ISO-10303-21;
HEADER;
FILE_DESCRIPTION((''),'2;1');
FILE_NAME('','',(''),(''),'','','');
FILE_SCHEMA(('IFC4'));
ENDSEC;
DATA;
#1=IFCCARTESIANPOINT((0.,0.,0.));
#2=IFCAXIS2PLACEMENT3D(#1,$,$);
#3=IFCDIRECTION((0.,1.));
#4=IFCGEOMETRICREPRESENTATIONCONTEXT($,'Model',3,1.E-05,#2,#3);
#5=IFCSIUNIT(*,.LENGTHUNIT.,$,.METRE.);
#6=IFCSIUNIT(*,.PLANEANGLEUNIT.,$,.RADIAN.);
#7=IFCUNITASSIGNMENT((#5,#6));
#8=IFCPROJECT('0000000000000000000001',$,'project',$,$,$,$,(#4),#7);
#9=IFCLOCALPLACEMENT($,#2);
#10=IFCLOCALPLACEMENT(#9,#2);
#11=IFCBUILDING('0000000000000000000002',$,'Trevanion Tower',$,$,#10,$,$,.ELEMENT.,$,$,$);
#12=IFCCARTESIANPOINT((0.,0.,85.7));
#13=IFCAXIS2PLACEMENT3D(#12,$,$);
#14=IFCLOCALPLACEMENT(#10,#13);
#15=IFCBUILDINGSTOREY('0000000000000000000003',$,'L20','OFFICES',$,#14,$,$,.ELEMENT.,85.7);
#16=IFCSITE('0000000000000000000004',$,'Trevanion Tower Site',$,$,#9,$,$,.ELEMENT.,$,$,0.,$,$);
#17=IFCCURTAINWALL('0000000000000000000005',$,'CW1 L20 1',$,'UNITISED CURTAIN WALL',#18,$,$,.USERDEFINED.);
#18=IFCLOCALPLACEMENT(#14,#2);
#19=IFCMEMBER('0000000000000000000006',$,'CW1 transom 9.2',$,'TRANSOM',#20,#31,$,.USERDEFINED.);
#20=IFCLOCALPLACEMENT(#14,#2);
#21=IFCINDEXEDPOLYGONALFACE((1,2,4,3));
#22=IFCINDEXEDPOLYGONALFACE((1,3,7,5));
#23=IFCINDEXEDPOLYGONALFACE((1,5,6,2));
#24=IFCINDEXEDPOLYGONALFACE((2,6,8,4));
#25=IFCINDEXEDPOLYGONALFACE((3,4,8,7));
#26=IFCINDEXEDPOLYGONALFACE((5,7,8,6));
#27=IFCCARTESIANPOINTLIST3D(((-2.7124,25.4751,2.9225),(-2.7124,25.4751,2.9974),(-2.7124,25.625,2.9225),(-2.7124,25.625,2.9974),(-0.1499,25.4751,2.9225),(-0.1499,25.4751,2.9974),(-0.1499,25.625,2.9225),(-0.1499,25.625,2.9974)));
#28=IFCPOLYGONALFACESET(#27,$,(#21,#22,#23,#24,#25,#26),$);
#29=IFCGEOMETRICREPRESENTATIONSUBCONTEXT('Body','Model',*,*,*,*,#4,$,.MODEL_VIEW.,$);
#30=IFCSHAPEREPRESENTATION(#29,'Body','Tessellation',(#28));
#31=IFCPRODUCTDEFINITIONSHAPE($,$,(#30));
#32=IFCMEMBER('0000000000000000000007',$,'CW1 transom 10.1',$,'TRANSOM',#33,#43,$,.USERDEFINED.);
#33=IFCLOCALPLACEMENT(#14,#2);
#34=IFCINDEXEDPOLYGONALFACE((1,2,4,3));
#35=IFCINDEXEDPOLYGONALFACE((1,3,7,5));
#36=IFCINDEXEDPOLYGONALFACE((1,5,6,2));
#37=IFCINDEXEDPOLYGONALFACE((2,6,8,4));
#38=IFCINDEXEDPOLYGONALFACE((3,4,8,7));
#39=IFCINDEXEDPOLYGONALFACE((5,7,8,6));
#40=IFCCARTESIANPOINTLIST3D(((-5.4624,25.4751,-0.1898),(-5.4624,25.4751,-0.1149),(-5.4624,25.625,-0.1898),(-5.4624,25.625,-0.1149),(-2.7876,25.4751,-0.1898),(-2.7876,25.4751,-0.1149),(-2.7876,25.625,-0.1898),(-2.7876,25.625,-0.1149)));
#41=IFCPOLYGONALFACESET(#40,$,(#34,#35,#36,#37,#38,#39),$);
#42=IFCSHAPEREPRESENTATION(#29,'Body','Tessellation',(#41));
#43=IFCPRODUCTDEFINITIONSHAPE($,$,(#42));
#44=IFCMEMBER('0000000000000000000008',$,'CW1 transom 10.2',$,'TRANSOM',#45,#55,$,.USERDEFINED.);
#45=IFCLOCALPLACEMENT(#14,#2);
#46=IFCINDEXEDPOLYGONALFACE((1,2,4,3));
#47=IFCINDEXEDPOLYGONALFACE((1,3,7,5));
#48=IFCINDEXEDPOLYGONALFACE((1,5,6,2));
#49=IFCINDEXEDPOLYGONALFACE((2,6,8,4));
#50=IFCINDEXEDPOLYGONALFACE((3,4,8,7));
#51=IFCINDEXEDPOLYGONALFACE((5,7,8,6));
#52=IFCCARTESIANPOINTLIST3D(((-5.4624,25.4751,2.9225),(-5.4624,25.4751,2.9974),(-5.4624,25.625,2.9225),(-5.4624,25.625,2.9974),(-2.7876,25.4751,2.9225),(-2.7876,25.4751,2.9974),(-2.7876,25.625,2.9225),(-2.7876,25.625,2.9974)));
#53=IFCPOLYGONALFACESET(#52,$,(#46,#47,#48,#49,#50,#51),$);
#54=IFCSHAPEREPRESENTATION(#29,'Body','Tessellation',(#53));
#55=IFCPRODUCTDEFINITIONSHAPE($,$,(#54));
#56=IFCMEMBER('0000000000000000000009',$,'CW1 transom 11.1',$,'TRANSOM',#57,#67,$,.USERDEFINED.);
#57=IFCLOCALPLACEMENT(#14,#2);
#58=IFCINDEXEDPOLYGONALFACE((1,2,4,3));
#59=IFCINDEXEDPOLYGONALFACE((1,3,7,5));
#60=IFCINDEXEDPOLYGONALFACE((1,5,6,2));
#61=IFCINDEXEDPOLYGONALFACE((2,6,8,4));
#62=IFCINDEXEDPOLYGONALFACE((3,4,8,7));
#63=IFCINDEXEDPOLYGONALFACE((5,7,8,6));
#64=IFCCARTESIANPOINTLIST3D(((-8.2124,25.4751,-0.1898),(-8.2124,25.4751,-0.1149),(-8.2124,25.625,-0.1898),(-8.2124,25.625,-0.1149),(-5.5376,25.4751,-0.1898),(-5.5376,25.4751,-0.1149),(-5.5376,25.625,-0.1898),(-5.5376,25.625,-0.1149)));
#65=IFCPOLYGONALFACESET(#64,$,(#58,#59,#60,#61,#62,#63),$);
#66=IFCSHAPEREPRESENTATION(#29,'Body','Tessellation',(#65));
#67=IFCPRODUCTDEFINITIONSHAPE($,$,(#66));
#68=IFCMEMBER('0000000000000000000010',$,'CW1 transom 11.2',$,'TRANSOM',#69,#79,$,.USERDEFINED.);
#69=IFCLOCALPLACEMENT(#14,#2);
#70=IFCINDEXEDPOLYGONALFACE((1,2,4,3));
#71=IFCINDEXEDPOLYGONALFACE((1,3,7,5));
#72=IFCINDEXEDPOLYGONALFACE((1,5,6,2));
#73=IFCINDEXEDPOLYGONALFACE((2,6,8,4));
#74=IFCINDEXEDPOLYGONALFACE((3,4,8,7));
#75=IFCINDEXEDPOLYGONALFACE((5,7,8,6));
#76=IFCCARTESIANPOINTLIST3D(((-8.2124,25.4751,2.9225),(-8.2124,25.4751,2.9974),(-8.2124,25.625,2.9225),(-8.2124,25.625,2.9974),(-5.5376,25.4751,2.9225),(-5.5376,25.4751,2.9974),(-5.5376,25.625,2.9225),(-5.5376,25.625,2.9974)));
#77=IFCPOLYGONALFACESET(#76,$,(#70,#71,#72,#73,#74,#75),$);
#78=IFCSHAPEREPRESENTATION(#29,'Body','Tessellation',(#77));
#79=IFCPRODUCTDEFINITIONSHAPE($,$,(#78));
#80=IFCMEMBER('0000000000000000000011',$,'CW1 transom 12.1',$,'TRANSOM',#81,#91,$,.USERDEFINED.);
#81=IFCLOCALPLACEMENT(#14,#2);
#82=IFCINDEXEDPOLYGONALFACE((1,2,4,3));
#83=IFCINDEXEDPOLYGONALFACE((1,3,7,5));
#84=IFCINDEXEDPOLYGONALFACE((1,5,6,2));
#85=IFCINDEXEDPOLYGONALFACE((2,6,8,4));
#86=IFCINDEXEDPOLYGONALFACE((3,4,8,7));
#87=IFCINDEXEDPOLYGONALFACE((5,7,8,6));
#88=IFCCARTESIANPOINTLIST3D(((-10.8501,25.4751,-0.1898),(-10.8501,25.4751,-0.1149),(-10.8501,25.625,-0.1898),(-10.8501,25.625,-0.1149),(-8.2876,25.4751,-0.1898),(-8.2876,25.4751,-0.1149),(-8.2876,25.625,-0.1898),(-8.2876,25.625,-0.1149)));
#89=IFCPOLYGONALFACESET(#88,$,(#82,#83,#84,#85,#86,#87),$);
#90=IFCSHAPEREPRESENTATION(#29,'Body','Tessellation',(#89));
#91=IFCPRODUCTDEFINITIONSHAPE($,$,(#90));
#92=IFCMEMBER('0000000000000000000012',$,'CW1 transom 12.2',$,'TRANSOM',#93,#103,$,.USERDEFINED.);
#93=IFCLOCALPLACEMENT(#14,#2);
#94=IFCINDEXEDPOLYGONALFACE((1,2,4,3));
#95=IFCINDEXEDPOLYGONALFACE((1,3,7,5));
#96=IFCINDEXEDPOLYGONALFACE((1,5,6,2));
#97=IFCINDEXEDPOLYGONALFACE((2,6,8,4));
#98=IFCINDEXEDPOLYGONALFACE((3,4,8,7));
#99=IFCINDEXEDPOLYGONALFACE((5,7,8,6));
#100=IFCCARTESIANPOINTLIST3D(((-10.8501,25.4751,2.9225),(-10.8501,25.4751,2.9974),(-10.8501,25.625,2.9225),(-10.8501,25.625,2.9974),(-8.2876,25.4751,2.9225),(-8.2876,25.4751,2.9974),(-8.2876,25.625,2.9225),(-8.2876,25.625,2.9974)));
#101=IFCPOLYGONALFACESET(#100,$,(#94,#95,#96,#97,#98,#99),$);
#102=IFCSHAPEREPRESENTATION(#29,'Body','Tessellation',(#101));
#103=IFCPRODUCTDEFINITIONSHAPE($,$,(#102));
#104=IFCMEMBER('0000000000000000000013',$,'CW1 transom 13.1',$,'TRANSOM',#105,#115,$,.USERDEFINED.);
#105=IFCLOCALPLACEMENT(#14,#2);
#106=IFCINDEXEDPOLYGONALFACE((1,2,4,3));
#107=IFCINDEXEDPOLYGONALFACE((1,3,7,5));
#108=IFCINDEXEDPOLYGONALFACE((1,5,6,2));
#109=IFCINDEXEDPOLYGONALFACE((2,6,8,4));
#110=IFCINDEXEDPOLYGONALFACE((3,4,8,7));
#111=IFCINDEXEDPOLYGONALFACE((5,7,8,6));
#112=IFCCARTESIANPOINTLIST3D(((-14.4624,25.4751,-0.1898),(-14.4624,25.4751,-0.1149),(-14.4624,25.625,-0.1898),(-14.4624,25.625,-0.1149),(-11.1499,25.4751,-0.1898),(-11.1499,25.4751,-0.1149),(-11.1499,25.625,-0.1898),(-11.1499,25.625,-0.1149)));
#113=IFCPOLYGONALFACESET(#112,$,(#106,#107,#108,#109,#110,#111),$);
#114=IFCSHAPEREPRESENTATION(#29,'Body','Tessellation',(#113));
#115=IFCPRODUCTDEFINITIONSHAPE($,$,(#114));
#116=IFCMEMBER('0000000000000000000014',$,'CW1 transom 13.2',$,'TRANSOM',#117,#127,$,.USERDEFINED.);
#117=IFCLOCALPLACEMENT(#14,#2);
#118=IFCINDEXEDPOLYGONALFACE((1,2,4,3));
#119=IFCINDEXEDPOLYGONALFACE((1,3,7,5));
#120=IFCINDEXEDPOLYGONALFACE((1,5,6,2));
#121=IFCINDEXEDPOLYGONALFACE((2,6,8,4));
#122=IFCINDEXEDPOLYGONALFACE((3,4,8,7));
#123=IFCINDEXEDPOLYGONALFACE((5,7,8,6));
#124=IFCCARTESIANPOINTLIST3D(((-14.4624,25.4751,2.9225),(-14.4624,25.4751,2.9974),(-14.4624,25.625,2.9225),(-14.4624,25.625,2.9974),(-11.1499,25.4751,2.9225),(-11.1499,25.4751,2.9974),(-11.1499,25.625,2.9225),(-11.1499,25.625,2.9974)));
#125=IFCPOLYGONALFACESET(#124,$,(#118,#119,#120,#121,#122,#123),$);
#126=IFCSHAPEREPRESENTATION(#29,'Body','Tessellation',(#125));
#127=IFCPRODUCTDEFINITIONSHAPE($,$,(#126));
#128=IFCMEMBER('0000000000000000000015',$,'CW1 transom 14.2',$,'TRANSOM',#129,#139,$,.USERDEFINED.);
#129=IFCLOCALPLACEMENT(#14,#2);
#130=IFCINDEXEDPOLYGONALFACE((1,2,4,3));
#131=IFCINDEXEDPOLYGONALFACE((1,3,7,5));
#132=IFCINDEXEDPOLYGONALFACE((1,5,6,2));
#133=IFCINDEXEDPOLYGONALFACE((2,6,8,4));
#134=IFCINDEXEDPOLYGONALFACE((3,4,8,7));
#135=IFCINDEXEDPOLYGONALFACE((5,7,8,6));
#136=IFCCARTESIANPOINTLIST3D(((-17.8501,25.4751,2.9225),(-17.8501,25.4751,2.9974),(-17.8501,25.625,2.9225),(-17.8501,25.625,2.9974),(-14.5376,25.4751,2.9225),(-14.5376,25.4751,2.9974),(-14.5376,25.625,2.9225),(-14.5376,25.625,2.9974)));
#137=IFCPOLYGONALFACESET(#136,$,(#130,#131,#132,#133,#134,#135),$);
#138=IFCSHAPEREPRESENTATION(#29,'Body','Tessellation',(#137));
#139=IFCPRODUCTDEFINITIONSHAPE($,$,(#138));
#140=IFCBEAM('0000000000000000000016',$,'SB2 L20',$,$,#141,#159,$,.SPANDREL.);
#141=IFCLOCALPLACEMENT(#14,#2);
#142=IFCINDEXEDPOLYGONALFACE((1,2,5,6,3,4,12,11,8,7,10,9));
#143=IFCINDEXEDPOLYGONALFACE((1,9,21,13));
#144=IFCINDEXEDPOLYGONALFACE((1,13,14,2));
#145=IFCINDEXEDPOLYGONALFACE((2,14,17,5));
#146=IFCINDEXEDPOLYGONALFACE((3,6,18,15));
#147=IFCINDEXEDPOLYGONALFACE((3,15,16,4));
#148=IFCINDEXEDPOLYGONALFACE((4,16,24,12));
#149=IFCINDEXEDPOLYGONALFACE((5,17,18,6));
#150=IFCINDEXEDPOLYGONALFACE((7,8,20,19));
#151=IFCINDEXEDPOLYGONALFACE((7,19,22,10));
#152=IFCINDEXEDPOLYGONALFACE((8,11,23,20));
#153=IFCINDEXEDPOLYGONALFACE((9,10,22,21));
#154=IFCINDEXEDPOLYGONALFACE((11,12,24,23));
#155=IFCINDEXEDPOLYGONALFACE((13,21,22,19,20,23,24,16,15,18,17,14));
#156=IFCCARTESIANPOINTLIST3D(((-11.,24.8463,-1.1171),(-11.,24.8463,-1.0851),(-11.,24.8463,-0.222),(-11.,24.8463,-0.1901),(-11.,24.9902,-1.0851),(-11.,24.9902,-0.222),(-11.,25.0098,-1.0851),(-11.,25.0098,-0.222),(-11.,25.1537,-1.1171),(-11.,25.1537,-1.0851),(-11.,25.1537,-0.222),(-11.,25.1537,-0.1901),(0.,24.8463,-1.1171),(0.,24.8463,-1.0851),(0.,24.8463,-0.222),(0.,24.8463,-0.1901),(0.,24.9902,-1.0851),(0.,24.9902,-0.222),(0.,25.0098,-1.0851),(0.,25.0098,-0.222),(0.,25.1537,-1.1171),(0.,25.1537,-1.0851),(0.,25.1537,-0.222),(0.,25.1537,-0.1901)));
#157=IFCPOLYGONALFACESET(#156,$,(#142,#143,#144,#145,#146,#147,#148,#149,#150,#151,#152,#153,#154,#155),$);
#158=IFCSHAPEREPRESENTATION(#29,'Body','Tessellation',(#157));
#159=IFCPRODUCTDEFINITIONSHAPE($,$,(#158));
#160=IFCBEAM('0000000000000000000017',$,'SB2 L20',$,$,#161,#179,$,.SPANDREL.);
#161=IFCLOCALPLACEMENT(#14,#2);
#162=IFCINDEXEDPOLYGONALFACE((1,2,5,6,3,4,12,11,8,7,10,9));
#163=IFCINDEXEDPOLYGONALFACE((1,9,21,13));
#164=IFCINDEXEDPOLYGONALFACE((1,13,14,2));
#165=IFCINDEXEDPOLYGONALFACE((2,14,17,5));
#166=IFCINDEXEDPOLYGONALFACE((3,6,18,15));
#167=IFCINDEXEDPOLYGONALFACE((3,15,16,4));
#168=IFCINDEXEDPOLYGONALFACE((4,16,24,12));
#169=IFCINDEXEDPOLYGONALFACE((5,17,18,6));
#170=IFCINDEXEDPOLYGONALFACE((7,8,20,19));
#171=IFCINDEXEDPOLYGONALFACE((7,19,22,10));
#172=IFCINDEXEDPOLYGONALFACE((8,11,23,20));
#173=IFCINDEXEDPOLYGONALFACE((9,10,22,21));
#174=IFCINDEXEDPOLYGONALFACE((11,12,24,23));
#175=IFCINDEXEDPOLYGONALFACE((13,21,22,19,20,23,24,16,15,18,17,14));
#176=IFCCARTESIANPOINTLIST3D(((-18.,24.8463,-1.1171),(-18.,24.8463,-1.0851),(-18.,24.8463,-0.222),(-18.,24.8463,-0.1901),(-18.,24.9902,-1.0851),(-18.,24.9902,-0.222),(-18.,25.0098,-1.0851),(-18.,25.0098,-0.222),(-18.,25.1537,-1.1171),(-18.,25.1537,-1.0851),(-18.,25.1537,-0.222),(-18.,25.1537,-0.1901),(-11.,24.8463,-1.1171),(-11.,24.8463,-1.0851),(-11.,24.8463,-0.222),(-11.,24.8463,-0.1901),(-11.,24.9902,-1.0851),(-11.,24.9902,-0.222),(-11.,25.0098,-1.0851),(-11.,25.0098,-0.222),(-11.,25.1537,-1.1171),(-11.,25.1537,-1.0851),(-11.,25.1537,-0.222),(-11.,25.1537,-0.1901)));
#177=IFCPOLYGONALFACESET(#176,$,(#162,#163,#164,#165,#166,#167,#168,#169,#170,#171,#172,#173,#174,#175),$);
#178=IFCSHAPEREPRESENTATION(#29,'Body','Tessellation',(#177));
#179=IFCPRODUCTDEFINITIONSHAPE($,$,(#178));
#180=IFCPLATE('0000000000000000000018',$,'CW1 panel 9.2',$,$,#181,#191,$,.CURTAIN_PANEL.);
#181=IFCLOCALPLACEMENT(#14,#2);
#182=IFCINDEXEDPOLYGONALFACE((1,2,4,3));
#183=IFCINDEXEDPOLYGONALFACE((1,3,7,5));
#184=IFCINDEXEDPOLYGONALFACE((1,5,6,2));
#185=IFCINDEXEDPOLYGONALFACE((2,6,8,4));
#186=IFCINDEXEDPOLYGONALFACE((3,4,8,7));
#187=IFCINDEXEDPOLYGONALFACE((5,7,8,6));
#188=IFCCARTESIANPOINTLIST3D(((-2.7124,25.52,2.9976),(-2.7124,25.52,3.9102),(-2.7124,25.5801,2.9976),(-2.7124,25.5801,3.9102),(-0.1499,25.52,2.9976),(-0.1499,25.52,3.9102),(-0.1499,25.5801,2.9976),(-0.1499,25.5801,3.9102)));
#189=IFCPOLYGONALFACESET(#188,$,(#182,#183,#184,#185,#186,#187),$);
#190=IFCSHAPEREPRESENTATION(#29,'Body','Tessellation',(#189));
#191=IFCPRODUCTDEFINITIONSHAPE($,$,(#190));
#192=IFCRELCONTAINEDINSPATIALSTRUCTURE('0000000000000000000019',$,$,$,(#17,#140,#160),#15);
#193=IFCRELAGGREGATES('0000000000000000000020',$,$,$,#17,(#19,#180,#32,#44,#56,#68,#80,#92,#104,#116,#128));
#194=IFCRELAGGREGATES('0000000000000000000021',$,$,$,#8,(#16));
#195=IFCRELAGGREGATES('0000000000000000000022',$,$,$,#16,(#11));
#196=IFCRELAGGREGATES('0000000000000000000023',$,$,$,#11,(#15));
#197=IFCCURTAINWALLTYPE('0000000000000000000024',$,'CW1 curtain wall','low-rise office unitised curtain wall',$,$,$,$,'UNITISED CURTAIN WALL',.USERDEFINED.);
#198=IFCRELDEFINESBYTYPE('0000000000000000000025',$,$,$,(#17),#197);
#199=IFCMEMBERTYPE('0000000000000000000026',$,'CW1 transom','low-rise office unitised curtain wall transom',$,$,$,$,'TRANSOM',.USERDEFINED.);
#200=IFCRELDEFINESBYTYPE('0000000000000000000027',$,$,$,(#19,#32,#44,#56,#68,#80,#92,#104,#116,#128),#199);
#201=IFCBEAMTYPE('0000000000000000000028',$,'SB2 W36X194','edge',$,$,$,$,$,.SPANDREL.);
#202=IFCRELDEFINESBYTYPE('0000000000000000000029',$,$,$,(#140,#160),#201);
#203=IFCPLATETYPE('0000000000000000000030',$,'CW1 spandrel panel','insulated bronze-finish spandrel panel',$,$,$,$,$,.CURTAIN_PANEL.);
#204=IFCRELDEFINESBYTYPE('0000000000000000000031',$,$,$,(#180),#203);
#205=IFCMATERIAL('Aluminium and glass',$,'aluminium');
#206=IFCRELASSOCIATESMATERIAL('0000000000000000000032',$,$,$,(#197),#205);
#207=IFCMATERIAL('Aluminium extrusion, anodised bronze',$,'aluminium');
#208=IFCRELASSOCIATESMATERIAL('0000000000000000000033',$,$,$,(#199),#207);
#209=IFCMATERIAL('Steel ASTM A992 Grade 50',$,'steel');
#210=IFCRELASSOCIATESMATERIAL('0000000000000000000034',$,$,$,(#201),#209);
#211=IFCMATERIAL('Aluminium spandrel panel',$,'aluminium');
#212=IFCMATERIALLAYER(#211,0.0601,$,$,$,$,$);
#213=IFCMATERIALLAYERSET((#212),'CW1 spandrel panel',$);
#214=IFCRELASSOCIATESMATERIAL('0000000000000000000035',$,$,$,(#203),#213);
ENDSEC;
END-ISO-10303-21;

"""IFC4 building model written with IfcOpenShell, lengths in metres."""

from ifc_helpers import new_model, si_unit, direction, frame, origin, origin_2d, place, context, subcontext, project, spatial, rectangle, i_section, extrude, material, layer, layer_set, material_profile, profile_set, type_object, element, aggregate, save


model = new_model("IFC4")

# Units and contexts
model_context = context("Model", 3, precision=1e-05, world=origin(), true_north=direction((0.0, 1.0)))
body_context = subcontext(model_context, "Body", "Model", "MODEL_VIEW")
ifc_project = project(units=[si_unit("LENGTHUNIT", "METRE"), si_unit("PLANEANGLEUNIT", "RADIAN")], contexts=[model_context])

# Site, building, storey
site_placement = place(None, origin())
site = spatial("IfcSite", under=ifc_project, at=site_placement, Name="Trevanion Tower Site", CompositionType="ELEMENT", RefElevation=0.0)
building_placement = place(site_placement, origin())
building = spatial("IfcBuilding", under=site, at=building_placement, Name="Trevanion Tower", CompositionType="ELEMENT")
storey_placement = place(building_placement, frame((0.0, 0.0, 85.7)))
storey = spatial("IfcBuildingStorey", under=building, at=storey_placement, Name="L20", Description="OFFICES", CompositionType="ELEMENT", Elevation=85.7)

# Curtain wall, members
ifc_material_1 = material(Name="Aluminium and glass", Category="aluminium")
curtain_wall_type = type_object("IfcCurtainWallType", Name="CW1 curtain wall", Description="low-rise office unitised curtain wall", ElementType="UNITISED CURTAIN WALL", PredefinedType="USERDEFINED", material=ifc_material_1)
curtain_wall_placement = place(storey_placement, origin())
curtain_wall = element("IfcCurtainWall", 1, at=curtain_wall_placement, inside=storey, type_object=curtain_wall_type, Name="CW1 L20 1", ObjectType="UNITISED CURTAIN WALL", PredefinedType="USERDEFINED")
ifc_material_2 = material(Name="Aluminium extrusion, anodised bronze", Category="aluminium")
ifc_material_profile_1 = material_profile(ifc_material_2, rectangle(XDim=0.1499, YDim=0.075, at=origin_2d()), Name="CW1 transom")
ifc_profile_set_1 = profile_set([ifc_material_profile_1], Name="Aluminium extrusion, anodised bronze")
member_type_1 = type_object("IfcMemberType", Name="CW1 transom", Description="low-rise office unitised curtain wall transom", ElementType="TRANSOM", PredefinedType="USERDEFINED", material=ifc_profile_set_1)
member_1_placement = place(storey_placement, frame((-0.1499, 25.55, 2.96), z_axis=(-1.0, 0.0, 0.0), x_axis=(0.0, -1.0, 0.0)))
member_1 = element("IfcMember", 2, at=member_1_placement, type_object=member_type_1, Name="CW1 transom 9.2", ObjectType="TRANSOM", PredefinedType="USERDEFINED", context=body_context, shape_type="SweptSolid", body=[
    extrude(rectangle(XDim=0.1499, YDim=0.075, at=origin_2d()), origin(), (0.0, 0.0, 1.0), 2.5625),
])
member_2_placement = place(storey_placement, frame((-2.7876, 25.55, -0.1523), z_axis=(-1.0, 0.0, 0.0), x_axis=(0.0, -1.0, 0.0)))
member_2 = element("IfcMember", 3, at=member_2_placement, type_object=member_type_1, Name="CW1 transom 10.1", ObjectType="TRANSOM", PredefinedType="USERDEFINED", context=body_context, shape_type="SweptSolid", body=[
    extrude(rectangle(XDim=0.1499, YDim=0.075, at=origin_2d()), origin(), (0.0, 0.0, 1.0), 2.6748),
])
member_3_placement = place(storey_placement, frame((-2.7876, 25.55, 2.96), z_axis=(-1.0, 0.0, 0.0), x_axis=(0.0, -1.0, 0.0)))
member_3 = element("IfcMember", 4, at=member_3_placement, type_object=member_type_1, Name="CW1 transom 10.2", ObjectType="TRANSOM", PredefinedType="USERDEFINED", context=body_context, shape_type="SweptSolid", body=[
    extrude(rectangle(XDim=0.1499, YDim=0.075, at=origin_2d()), origin(), (0.0, 0.0, 1.0), 2.6748),
])
member_4_placement = place(storey_placement, frame((-5.5376, 25.55, -0.1523), z_axis=(-1.0, 0.0, 0.0), x_axis=(0.0, -1.0, 0.0)))
member_4 = element("IfcMember", 5, at=member_4_placement, type_object=member_type_1, Name="CW1 transom 11.1", ObjectType="TRANSOM", PredefinedType="USERDEFINED", context=body_context, shape_type="SweptSolid", body=[
    extrude(rectangle(XDim=0.1499, YDim=0.075, at=origin_2d()), origin(), (0.0, 0.0, 1.0), 2.6748),
])
member_5_placement = place(storey_placement, frame((-5.5376, 25.55, 2.96), z_axis=(-1.0, 0.0, 0.0), x_axis=(0.0, -1.0, 0.0)))
member_5 = element("IfcMember", 6, at=member_5_placement, type_object=member_type_1, Name="CW1 transom 11.2", ObjectType="TRANSOM", PredefinedType="USERDEFINED", context=body_context, shape_type="SweptSolid", body=[
    extrude(rectangle(XDim=0.1499, YDim=0.075, at=origin_2d()), origin(), (0.0, 0.0, 1.0), 2.6748),
])
member_6_placement = place(storey_placement, frame((-8.2876, 25.55, -0.1523), z_axis=(-1.0, 0.0, 0.0), x_axis=(0.0, -1.0, 0.0)))
member_6 = element("IfcMember", 7, at=member_6_placement, type_object=member_type_1, Name="CW1 transom 12.1", ObjectType="TRANSOM", PredefinedType="USERDEFINED", context=body_context, shape_type="SweptSolid", body=[
    extrude(rectangle(XDim=0.1499, YDim=0.075, at=origin_2d()), origin(), (0.0, 0.0, 1.0), 2.5625),
])
member_7_placement = place(storey_placement, frame((-8.2876, 25.55, 2.96), z_axis=(-1.0, 0.0, 0.0), x_axis=(0.0, -1.0, 0.0)))
member_7 = element("IfcMember", 8, at=member_7_placement, type_object=member_type_1, Name="CW1 transom 12.2", ObjectType="TRANSOM", PredefinedType="USERDEFINED", context=body_context, shape_type="SweptSolid", body=[
    extrude(rectangle(XDim=0.1499, YDim=0.075, at=origin_2d()), origin(), (0.0, 0.0, 1.0), 2.5625),
])
member_8_placement = place(storey_placement, frame((-11.1499, 25.55, -0.1523), z_axis=(-1.0, 0.0, 0.0), x_axis=(0.0, -1.0, 0.0)))
member_8 = element("IfcMember", 9, at=member_8_placement, type_object=member_type_1, Name="CW1 transom 13.1", ObjectType="TRANSOM", PredefinedType="USERDEFINED", context=body_context, shape_type="SweptSolid", body=[
    extrude(rectangle(XDim=0.1499, YDim=0.075, at=origin_2d()), origin(), (0.0, 0.0, 1.0), 3.3125),
])
member_9_placement = place(storey_placement, frame((-11.1499, 25.55, 2.96), z_axis=(-1.0, 0.0, 0.0), x_axis=(0.0, -1.0, 0.0)))
member_9 = element("IfcMember", 10, at=member_9_placement, type_object=member_type_1, Name="CW1 transom 13.2", ObjectType="TRANSOM", PredefinedType="USERDEFINED", context=body_context, shape_type="SweptSolid", body=[
    extrude(rectangle(XDim=0.1499, YDim=0.075, at=origin_2d()), origin(), (0.0, 0.0, 1.0), 3.3125),
])
member_10_placement = place(storey_placement, frame((-14.5376, 25.55, 2.96), z_axis=(-1.0, 0.0, 0.0), x_axis=(0.0, -1.0, 0.0)))
member_10 = element("IfcMember", 11, at=member_10_placement, type_object=member_type_1, Name="CW1 transom 14.2", ObjectType="TRANSOM", PredefinedType="USERDEFINED", context=body_context, shape_type="SweptSolid", body=[
    extrude(rectangle(XDim=0.1499, YDim=0.075, at=origin_2d()), origin(), (0.0, 0.0, 1.0), 3.3125),
])

# Beams
ifc_material_3 = material(Name="Steel ASTM A992 Grade 50", Category="steel")
ifc_material_profile_2 = material_profile(ifc_material_3, i_section(OverallWidth=0.3074, OverallDepth=0.927, WebThickness=0.0195, FlangeThickness=0.032, at=origin_2d()), Name="W36X194")
ifc_profile_set_2 = profile_set([ifc_material_profile_2], Name="Steel ASTM A992 Grade 50")
beam_type_1 = type_object("IfcBeamType", Name="SB2 W36X194", Description="edge", PredefinedType="SPANDREL", material=ifc_profile_set_2)
beam_1_placement = place(storey_placement, frame((0.0, 25.0, -0.6536), z_axis=(-1.0, 0.0, 0.0), x_axis=(0.0, -1.0, 0.0)))
element("IfcBeam", 12, at=beam_1_placement, inside=storey, type_object=beam_type_1, Name="SB2 L20", PredefinedType="SPANDREL", context=body_context, shape_type="SweptSolid", body=[
    extrude(i_section(OverallWidth=0.3074, OverallDepth=0.927, WebThickness=0.0195, FlangeThickness=0.032, at=origin_2d()), origin(), (0.0, 0.0, 1.0), 11.0),
])
beam_2_placement = place(storey_placement, frame((-11.0, 25.0, -0.6536), z_axis=(-1.0, 0.0, 0.0), x_axis=(0.0, -1.0, 0.0)))
element("IfcBeam", 13, at=beam_2_placement, inside=storey, type_object=beam_type_1, Name="SB2 L20", PredefinedType="SPANDREL", context=body_context, shape_type="SweptSolid", body=[
    extrude(i_section(OverallWidth=0.3074, OverallDepth=0.927, WebThickness=0.0195, FlangeThickness=0.032, at=origin_2d()), origin(), (0.0, 0.0, 1.0), 7.0),
])

# Plate
ifc_material_4 = material(Name="Aluminium spandrel panel", Category="aluminium")
ifc_layer_1 = layer(ifc_material_4, 0.0601)
ifc_layer_set_1 = layer_set([ifc_layer_1], Name="CW1 spandrel panel")
plate_type_1 = type_object("IfcPlateType", Name="CW1 spandrel panel", Description="insulated bronze-finish spandrel panel", PredefinedType="CURTAIN_PANEL", material=ifc_layer_set_1)
plate_1_placement = place(storey_placement, frame((-1.4312, 25.55, 2.9976), z_axis=(0.0, 0.0, 1.0), x_axis=(-1.0, 0.0, 0.0)))
plate_1 = element("IfcPlate", 14, at=plate_1_placement, type_object=plate_type_1, Name="CW1 panel 9.2", PredefinedType="CURTAIN_PANEL", context=body_context, shape_type="SweptSolid", body=[
    extrude(rectangle(XDim=2.5625, YDim=0.0601, at=origin_2d()), origin(), (0.0, 0.0, 1.0), 0.9126),
])
aggregate(curtain_wall, [member_1, plate_1, member_2, member_3, member_4, member_5, member_6, member_7, member_8, member_9, member_10])

save(model, "model.ifc")
